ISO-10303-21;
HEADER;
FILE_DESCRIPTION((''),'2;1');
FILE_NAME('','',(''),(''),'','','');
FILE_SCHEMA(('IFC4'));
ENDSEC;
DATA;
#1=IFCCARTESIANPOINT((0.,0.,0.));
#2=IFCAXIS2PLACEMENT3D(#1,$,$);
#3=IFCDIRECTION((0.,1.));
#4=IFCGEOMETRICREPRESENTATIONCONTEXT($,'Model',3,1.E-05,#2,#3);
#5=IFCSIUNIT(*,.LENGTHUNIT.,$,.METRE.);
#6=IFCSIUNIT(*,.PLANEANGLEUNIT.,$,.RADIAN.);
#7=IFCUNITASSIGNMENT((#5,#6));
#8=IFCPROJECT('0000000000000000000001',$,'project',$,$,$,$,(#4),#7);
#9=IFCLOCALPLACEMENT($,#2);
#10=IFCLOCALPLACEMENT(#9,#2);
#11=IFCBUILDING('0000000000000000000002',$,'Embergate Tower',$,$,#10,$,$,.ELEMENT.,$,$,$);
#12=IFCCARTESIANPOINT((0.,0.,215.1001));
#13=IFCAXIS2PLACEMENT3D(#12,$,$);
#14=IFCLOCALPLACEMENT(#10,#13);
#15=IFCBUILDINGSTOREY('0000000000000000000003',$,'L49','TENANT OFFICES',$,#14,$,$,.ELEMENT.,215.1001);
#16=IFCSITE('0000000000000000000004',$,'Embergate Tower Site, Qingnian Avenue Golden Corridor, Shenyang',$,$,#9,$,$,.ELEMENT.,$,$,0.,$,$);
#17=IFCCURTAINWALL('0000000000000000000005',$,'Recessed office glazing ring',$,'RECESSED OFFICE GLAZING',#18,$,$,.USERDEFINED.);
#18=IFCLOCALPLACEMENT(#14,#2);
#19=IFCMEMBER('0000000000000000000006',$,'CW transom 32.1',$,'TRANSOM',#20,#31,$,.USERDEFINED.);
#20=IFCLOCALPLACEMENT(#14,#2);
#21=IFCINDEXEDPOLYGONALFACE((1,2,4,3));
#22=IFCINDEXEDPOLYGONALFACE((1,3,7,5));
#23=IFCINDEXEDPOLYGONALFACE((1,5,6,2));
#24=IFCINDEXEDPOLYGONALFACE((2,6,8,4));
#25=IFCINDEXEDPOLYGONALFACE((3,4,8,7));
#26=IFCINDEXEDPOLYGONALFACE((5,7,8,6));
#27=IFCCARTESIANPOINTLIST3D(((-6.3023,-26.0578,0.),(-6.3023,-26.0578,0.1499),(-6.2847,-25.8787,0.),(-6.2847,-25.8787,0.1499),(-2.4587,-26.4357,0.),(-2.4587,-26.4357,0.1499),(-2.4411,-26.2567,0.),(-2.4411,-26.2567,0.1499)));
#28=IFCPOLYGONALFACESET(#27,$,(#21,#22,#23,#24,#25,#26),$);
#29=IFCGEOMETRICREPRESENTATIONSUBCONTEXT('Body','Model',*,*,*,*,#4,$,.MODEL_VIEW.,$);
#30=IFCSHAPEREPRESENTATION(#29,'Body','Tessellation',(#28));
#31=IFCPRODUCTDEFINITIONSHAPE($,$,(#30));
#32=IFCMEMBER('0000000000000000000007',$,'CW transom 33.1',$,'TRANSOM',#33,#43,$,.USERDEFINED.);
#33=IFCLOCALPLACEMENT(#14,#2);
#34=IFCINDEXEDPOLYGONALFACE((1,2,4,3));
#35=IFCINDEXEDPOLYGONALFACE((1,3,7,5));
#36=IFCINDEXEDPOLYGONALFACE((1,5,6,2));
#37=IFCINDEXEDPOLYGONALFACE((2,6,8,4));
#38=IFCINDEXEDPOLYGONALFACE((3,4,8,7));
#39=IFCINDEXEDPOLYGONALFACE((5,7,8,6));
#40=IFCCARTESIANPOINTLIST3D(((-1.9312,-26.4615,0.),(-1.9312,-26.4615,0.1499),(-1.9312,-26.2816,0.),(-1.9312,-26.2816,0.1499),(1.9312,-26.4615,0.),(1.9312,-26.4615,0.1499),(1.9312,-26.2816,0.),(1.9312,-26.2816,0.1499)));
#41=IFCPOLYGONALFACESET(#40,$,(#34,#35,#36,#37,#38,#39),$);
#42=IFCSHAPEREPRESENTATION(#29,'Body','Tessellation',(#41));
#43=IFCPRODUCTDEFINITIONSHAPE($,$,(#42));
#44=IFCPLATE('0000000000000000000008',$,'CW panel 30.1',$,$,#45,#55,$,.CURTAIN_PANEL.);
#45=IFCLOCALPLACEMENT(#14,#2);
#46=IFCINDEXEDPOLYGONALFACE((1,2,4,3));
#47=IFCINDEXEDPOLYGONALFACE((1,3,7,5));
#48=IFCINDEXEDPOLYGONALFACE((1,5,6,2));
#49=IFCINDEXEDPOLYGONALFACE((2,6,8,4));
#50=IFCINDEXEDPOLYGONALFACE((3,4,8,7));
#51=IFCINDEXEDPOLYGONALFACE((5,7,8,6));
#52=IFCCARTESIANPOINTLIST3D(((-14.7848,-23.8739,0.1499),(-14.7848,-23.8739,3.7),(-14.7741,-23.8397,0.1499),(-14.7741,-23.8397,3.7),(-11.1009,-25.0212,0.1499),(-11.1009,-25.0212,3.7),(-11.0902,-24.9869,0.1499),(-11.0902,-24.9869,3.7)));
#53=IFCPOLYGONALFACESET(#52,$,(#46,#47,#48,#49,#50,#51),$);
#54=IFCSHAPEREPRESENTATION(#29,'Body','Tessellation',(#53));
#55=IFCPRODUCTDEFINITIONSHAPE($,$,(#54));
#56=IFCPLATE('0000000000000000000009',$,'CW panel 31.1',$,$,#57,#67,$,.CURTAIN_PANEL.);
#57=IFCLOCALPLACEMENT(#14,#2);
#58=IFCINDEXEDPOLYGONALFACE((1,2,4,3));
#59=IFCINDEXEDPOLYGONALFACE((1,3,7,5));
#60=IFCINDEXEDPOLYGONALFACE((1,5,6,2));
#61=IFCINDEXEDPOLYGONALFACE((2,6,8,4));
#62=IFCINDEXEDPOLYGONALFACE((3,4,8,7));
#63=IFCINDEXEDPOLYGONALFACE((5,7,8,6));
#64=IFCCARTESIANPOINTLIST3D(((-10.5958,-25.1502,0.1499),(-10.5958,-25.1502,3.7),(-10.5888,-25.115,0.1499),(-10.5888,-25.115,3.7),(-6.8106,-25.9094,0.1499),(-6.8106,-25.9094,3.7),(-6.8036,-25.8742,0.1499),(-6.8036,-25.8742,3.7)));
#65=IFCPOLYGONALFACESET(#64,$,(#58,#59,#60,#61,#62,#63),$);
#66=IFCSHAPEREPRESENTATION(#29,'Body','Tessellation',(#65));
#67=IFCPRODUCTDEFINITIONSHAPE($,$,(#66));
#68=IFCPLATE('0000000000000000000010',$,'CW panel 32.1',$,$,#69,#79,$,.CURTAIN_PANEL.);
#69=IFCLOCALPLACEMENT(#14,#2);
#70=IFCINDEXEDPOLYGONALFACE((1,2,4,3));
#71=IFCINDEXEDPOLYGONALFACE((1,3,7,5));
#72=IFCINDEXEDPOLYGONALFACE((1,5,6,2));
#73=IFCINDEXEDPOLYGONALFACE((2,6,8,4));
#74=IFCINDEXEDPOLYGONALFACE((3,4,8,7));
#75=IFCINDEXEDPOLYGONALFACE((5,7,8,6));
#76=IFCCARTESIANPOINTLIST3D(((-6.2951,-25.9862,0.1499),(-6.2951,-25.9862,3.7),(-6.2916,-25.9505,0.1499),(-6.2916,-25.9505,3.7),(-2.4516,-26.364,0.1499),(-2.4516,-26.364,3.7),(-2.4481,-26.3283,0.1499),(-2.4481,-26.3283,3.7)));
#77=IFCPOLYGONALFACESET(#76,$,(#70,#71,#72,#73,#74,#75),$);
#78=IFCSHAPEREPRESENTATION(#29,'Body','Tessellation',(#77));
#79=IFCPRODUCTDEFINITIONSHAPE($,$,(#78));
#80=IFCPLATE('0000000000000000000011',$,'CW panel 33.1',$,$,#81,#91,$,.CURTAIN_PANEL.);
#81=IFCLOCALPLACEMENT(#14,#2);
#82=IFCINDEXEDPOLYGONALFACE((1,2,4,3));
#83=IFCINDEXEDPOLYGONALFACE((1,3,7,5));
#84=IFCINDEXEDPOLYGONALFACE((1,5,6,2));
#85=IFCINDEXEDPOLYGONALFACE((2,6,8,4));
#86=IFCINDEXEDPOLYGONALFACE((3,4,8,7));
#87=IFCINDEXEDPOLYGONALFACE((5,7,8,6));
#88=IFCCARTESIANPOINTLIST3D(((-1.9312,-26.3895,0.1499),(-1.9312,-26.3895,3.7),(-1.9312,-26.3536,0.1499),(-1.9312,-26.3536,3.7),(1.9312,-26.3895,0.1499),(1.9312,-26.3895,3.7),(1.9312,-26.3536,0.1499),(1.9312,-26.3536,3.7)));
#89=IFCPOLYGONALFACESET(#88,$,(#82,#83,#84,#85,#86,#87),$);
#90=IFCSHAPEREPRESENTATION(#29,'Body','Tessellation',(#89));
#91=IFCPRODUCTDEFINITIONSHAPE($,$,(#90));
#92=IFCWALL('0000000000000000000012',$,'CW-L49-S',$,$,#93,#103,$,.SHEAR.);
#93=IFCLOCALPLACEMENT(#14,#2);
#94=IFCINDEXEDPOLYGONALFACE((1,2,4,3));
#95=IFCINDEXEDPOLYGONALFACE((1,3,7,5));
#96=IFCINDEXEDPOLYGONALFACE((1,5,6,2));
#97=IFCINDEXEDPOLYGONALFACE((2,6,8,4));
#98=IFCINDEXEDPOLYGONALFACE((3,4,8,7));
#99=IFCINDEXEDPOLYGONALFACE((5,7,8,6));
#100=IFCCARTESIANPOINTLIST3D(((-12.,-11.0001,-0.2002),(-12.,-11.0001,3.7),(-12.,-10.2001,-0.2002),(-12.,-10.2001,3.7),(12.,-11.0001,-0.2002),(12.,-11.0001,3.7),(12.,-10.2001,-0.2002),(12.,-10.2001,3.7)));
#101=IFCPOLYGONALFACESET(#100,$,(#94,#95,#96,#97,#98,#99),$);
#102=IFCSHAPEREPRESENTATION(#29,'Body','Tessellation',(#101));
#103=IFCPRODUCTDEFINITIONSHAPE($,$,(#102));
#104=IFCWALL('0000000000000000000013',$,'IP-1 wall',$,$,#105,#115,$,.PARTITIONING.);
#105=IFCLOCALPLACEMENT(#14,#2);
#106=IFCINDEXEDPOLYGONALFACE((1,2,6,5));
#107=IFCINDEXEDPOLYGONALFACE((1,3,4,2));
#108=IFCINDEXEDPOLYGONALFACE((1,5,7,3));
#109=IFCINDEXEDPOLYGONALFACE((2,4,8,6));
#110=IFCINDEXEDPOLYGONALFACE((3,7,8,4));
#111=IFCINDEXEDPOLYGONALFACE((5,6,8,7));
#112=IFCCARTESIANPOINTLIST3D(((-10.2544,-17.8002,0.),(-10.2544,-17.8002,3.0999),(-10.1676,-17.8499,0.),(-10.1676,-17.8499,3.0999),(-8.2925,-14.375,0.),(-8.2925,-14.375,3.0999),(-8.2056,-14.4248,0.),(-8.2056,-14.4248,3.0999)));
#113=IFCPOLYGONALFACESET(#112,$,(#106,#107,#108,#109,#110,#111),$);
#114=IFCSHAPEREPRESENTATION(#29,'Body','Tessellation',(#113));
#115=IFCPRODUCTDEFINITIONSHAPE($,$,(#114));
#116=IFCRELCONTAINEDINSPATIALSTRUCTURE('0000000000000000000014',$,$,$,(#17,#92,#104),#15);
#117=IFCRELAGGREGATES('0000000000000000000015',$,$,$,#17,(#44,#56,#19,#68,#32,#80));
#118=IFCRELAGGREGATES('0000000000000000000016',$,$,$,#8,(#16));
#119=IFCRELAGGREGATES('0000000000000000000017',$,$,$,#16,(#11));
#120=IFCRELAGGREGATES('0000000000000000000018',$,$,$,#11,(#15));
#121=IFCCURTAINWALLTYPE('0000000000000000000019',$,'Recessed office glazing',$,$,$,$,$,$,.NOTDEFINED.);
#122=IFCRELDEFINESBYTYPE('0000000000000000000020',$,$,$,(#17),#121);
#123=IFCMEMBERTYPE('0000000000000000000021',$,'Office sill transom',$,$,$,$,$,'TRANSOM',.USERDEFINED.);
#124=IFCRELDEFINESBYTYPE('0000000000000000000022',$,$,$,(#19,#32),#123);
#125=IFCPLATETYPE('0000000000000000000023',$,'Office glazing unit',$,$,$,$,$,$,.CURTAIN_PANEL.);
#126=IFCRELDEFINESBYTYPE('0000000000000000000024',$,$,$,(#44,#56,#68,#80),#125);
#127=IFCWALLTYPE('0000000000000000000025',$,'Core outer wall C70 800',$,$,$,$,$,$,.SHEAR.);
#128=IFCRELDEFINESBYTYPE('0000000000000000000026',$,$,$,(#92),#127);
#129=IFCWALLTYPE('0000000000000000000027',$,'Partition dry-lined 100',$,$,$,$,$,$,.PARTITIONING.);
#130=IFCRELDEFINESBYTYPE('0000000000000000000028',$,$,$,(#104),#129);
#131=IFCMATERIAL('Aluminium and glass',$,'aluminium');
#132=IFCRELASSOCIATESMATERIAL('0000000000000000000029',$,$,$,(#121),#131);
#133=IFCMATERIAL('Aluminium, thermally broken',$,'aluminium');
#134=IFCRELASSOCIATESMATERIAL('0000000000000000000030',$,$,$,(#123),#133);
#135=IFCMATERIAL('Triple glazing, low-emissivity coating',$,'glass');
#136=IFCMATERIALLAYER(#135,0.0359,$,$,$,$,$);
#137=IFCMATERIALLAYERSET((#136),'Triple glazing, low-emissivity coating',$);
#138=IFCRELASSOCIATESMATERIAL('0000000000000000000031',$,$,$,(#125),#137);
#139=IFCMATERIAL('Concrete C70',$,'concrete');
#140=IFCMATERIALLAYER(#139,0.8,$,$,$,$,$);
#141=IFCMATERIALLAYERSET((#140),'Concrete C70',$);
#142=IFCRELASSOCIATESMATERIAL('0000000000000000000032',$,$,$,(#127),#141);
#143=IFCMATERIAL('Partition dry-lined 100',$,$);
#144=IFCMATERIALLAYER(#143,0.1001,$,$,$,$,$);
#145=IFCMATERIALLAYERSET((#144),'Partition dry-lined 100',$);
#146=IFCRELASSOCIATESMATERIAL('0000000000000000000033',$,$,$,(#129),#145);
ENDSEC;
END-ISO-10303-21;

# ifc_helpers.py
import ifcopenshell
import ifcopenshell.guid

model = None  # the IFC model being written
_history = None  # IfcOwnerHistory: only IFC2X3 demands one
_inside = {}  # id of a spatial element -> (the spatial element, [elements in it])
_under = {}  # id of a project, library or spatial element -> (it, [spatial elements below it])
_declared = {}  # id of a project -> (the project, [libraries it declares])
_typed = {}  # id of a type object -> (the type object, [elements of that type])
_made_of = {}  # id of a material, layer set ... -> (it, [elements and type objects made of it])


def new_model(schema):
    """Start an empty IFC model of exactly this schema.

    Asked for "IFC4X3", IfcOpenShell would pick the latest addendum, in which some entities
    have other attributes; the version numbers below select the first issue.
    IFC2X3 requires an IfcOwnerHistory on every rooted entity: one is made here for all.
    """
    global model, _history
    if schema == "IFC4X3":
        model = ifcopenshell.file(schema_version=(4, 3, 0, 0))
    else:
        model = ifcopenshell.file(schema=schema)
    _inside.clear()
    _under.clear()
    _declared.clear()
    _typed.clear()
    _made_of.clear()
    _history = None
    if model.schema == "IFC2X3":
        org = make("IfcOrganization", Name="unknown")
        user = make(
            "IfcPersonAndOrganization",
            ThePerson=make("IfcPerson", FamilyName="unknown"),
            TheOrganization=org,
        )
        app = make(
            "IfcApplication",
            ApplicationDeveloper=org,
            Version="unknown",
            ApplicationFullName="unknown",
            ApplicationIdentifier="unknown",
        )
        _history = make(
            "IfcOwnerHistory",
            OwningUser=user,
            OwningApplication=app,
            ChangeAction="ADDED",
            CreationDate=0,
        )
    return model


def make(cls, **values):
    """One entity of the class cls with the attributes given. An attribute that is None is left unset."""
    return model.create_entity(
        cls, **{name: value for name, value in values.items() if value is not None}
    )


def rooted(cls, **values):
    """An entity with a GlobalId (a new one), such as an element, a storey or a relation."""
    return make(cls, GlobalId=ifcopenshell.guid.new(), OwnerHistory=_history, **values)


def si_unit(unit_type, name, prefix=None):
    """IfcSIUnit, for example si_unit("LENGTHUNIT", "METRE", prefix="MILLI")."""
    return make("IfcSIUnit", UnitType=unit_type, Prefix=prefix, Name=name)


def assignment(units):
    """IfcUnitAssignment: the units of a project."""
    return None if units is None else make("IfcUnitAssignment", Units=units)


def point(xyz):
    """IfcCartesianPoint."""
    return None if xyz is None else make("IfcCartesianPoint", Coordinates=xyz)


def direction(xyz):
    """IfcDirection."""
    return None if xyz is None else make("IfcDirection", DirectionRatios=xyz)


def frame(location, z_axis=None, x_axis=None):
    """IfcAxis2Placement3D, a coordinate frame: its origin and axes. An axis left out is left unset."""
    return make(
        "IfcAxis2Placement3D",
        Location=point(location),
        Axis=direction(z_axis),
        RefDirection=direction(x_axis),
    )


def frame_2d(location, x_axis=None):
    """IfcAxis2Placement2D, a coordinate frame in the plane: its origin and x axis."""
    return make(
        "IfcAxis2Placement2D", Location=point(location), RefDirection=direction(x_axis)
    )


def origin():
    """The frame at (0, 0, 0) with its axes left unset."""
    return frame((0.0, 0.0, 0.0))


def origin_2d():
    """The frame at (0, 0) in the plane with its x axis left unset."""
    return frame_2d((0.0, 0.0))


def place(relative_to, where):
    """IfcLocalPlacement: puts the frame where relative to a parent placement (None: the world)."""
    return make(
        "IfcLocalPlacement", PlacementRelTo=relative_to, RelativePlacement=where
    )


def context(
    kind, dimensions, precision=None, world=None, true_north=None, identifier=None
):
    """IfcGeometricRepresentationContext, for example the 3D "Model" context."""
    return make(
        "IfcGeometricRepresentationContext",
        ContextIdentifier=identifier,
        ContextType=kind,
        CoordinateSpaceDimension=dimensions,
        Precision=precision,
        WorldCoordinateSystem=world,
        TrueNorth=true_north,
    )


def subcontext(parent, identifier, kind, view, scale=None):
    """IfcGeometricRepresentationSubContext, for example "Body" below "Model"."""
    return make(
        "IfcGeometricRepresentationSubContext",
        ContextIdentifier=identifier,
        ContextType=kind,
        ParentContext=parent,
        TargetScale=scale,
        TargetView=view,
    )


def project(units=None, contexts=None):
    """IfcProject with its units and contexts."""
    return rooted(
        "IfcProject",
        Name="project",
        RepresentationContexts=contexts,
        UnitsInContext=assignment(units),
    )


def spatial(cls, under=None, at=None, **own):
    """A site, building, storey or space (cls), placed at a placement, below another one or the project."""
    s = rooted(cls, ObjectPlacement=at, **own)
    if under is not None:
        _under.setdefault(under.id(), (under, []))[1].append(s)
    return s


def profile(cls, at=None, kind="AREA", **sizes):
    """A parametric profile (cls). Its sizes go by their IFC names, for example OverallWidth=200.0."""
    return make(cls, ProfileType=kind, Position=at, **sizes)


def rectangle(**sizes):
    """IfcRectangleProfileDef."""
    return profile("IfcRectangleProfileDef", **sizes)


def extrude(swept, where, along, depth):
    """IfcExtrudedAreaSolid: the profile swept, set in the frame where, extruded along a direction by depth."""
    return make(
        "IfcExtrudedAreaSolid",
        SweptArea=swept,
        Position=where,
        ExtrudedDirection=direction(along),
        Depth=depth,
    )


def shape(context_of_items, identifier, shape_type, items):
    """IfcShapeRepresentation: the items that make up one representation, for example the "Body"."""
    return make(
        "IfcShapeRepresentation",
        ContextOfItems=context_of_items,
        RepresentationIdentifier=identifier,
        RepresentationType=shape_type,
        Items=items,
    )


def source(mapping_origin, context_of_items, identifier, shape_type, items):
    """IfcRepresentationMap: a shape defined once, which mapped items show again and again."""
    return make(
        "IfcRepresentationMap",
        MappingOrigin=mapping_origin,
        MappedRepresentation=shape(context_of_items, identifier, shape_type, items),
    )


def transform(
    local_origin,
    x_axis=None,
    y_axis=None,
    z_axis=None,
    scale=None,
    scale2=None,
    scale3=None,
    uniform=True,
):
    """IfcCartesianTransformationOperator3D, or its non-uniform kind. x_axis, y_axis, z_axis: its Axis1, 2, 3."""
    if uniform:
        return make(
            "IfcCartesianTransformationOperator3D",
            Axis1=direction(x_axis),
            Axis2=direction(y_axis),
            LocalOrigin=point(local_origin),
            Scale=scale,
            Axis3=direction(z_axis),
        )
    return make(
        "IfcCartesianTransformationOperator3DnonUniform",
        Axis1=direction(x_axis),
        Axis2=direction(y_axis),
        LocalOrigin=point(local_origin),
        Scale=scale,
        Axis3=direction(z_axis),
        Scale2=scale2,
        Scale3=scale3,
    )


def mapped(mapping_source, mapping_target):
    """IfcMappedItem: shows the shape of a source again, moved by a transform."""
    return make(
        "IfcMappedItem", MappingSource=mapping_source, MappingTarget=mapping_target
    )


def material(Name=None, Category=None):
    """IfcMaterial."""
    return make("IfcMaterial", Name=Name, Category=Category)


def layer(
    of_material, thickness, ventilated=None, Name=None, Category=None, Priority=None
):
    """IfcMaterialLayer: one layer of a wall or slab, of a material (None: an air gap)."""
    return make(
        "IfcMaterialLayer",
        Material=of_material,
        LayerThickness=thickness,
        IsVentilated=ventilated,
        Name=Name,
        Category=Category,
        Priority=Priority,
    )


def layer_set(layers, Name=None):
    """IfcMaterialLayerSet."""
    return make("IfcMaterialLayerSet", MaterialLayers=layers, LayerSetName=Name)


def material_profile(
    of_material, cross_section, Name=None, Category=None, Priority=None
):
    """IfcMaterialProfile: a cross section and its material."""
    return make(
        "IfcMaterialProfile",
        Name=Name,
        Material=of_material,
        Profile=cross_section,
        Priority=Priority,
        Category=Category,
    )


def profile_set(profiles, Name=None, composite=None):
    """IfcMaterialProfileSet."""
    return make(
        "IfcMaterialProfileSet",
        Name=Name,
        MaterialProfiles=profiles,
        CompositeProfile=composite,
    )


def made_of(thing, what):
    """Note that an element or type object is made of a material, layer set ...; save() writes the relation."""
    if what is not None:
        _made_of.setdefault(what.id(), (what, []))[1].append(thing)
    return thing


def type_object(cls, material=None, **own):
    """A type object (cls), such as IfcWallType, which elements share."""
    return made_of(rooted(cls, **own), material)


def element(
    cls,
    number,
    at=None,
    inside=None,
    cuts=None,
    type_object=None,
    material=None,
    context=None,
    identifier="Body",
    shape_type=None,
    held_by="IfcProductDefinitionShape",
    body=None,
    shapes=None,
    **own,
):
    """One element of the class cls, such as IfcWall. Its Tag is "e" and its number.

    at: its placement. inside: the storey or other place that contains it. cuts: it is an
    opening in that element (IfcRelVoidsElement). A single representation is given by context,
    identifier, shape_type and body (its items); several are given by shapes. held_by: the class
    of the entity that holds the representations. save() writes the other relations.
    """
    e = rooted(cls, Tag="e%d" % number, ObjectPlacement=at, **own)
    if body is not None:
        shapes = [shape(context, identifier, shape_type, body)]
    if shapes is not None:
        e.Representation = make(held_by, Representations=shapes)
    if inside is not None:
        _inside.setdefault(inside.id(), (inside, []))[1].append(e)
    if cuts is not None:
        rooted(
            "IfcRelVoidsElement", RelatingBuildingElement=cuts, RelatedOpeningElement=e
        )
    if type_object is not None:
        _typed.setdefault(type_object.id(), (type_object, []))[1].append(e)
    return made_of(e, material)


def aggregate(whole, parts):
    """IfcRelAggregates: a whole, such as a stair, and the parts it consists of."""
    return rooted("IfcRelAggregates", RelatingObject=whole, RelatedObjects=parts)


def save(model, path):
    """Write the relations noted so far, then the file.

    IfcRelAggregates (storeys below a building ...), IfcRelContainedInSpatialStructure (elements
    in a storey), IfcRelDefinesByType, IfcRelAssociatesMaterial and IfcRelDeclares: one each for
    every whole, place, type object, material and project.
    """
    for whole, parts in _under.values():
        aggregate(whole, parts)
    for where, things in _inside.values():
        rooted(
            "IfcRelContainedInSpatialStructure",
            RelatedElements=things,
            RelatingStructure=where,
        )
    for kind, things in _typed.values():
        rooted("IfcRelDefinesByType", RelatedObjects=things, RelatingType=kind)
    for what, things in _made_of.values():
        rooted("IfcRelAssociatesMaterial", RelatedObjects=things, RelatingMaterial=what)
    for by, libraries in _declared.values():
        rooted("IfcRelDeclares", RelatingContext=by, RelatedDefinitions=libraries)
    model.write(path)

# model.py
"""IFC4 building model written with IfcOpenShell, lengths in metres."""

from ifc_helpers import new_model, si_unit, direction, frame, frame_2d, origin, origin_2d, place, context, subcontext, project, spatial, rectangle, extrude, source, transform, mapped, material, layer, layer_set, material_profile, profile_set, type_object, element, aggregate, save


model = new_model("IFC4")

# Units and contexts
model_context = context("Model", 3, precision=1e-05, world=origin(), true_north=direction((0.0, 1.0)))
body_context = subcontext(model_context, "Body", "Model", "MODEL_VIEW")
ifc_project = project(units=[si_unit("LENGTHUNIT", "METRE"), si_unit("PLANEANGLEUNIT", "RADIAN")], contexts=[model_context])

# Site, building, storey
site_placement = place(None, origin())
site = spatial("IfcSite", under=ifc_project, at=site_placement, Name="Embergate Tower Site, Qingnian Avenue Golden Corridor, Shenyang", CompositionType="ELEMENT", RefElevation=0.0)
building_placement = place(site_placement, origin())
building = spatial("IfcBuilding", under=site, at=building_placement, Name="Embergate Tower", CompositionType="ELEMENT")
storey_placement = place(building_placement, frame((0.0, 0.0, 215.1001)))
storey = spatial("IfcBuildingStorey", under=building, at=storey_placement, Name="L49", Description="TENANT OFFICES", CompositionType="ELEMENT", Elevation=215.1001)

# Curtain wall, members
ifc_material_1 = material(Name="Aluminium and glass", Category="aluminium")
curtain_wall_type = type_object("IfcCurtainWallType", Name="Recessed office glazing", PredefinedType="NOTDEFINED", material=ifc_material_1)
curtain_wall_placement = place(storey_placement, origin())
curtain_wall = element("IfcCurtainWall", 1, at=curtain_wall_placement, inside=storey, type_object=curtain_wall_type, Name="Recessed office glazing ring", ObjectType="RECESSED OFFICE GLAZING", PredefinedType="USERDEFINED")
ifc_material_2 = material(Name="Aluminium, thermally broken", Category="aluminium")
ifc_material_profile_1 = material_profile(ifc_material_2, rectangle(XDim=0.1799, YDim=0.1499, at=origin_2d()), Name="AL 150x180")
ifc_profile_set_1 = profile_set([ifc_material_profile_1], Name="Aluminium, thermally broken")
member_type_1 = type_object("IfcMemberType", Name="Office sill transom", ElementType="TRANSOM", PredefinedType="USERDEFINED", material=ifc_profile_set_1)
shared_shape_1 = source(origin(), body_context, "Body", "SweptSolid", [
    extrude(rectangle(XDim=0.1799, YDim=0.1499, at=origin_2d()), origin(), (0.0, 0.0, 1.0), 3.8621),
])
member_1_placement = place(storey_placement, frame((-6.2935, -25.9683, 0.075), z_axis=(0.9952, -0.097857, 0.0), x_axis=(0.097857, 0.9952, 0.0)))
member_1 = element("IfcMember", 2, at=member_1_placement, type_object=member_type_1, Name="CW transom 32.1", ObjectType="TRANSOM", PredefinedType="USERDEFINED", context=body_context, shape_type="MappedRepresentation", body=[
    mapped(shared_shape_1, transform((0.0, 0.0, 0.0))),
])
shared_shape_2 = source(origin(), body_context, "Body", "SweptSolid", [
    extrude(rectangle(XDim=0.1799, YDim=0.1499, at=origin_2d()), origin(), (0.0, 0.0, 1.0), 3.8623),
])
member_2_placement = place(storey_placement, frame((-1.9312, -26.3716, 0.075), z_axis=(1.0, 0.0, 0.0), x_axis=(0.0, 1.0, 0.0)))
member_2 = element("IfcMember", 3, at=member_2_placement, type_object=member_type_1, Name="CW transom 33.1", ObjectType="TRANSOM", PredefinedType="USERDEFINED", context=body_context, shape_type="MappedRepresentation", body=[
    mapped(shared_shape_2, transform((0.0, 0.0, 0.0))),
])

# Plates
ifc_material_3 = material(Name="Triple glazing, low-emissivity coating", Category="glass")
ifc_layer_1 = layer(ifc_material_3, 0.0359)
ifc_layer_set_1 = layer_set([ifc_layer_1], Name="Triple glazing, low-emissivity coating")
plate_type = type_object("IfcPlateType", Name="Office glazing unit", PredefinedType="CURTAIN_PANEL", material=ifc_layer_set_1)
shared_shape_3 = source(origin(), body_context, "Body", "SweptSolid", [
    extrude(rectangle(XDim=3.8584, YDim=0.0359, at=origin_2d()), origin(), (0.0, 0.0, 1.0), 3.55),
])
plate_1_placement = place(storey_placement, frame((-12.9375, -24.4304, 0.1499), z_axis=(0.0, 0.0, 1.0), x_axis=(0.954771, -0.297343, 0.0)))
plate_1 = element("IfcPlate", 4, at=plate_1_placement, type_object=plate_type, Name="CW panel 30.1", PredefinedType="CURTAIN_PANEL", context=body_context, shape_type="MappedRepresentation", body=[
    mapped(shared_shape_3, transform((0.0, 0.0, 0.0))),
])
shared_shape_4 = source(origin(), body_context, "Body", "SweptSolid", [
    extrude(rectangle(XDim=3.8606, YDim=0.0359, at=origin_2d()), origin(), (0.0, 0.0, 1.0), 3.55),
])
plate_2_placement = place(storey_placement, frame((-8.6997, -25.5122, 0.1499), z_axis=(0.0, 0.0, 1.0), x_axis=(0.980475, -0.196643, 0.0)))
plate_2 = element("IfcPlate", 5, at=plate_2_placement, type_object=plate_type, Name="CW panel 31.1", PredefinedType="CURTAIN_PANEL", context=body_context, shape_type="MappedRepresentation", body=[
    mapped(shared_shape_4, transform((0.0, 0.0, 0.0))),
])
shared_shape_5 = source(origin(), body_context, "Body", "SweptSolid", [
    extrude(rectangle(XDim=3.8621, YDim=0.0359, at=origin_2d()), origin(), (0.0, 0.0, 1.0), 3.55),
])
plate_3_placement = place(storey_placement, frame((-4.3716, -26.1572, 0.1499), z_axis=(0.0, 0.0, 1.0), x_axis=(0.995203, -0.097831, 0.0)))
plate_3 = element("IfcPlate", 6, at=plate_3_placement, type_object=plate_type, Name="CW panel 32.1", PredefinedType="CURTAIN_PANEL", context=body_context, shape_type="MappedRepresentation", body=[
    mapped(shared_shape_5, transform((0.0, 0.0, 0.0))),
])
shared_shape_6 = source(origin(), body_context, "Body", "SweptSolid", [
    extrude(rectangle(XDim=3.8623, YDim=0.0359, at=origin_2d()), origin(), (0.0, 0.0, 1.0), 3.55),
])
plate_4_placement = place(storey_placement, frame((0.0, -26.3716, 0.1499), z_axis=(0.0, 0.0, 1.0), x_axis=(1.0, 0.0, 0.0)))
plate_4 = element("IfcPlate", 7, at=plate_4_placement, type_object=plate_type, Name="CW panel 33.1", PredefinedType="CURTAIN_PANEL", context=body_context, shape_type="MappedRepresentation", body=[
    mapped(shared_shape_6, transform((0.0, 0.0, 0.0))),
])
aggregate(curtain_wall, [plate_1, plate_2, member_1, plate_3, member_2, plate_4])

# Walls
ifc_material_4 = material(Name="Concrete C70", Category="concrete")
ifc_layer_2 = layer(ifc_material_4, 0.8)
ifc_layer_set_2 = layer_set([ifc_layer_2], Name="Concrete C70")
wall_type_1 = type_object("IfcWallType", Name="Core outer wall C70 800", PredefinedType="SHEAR", material=ifc_layer_set_2)
shared_shape_7 = source(origin(), body_context, "Body", "SweptSolid", [
    extrude(rectangle(XDim=24.0, YDim=0.8, at=frame_2d((12.0, 0.0))), origin(), (0.0, 0.0, 1.0), 3.9001),
])
wall_1_placement = place(storey_placement, frame((-12.0, -10.6001, -0.2002), z_axis=(0.0, 0.0, 1.0), x_axis=(1.0, 0.0, 0.0)))
element("IfcWall", 8, at=wall_1_placement, inside=storey, type_object=wall_type_1, Name="CW-L49-S", PredefinedType="SHEAR", context=body_context, shape_type="MappedRepresentation", body=[
    mapped(shared_shape_7, transform((0.0, 0.0, 0.0))),
])
ifc_material_5 = material(Name="Partition dry-lined 100")
ifc_layer_3 = layer(ifc_material_5, 0.1001)
ifc_layer_set_3 = layer_set([ifc_layer_3], Name="Partition dry-lined 100")
wall_type_2 = type_object("IfcWallType", Name="Partition dry-lined 100", PredefinedType="PARTITIONING", material=ifc_layer_set_3)
shared_shape_8 = source(origin(), body_context, "Body", "SweptSolid", [
    extrude(rectangle(XDim=3.9473, YDim=0.1001, at=frame_2d((1.9736, 0.0))), origin(), (0.0, 0.0, 1.0), 3.0999),
])
wall_2_placement = place(storey_placement, frame((-8.249, -14.3999, 0.0), z_axis=(0.0, 0.0, 1.0), x_axis=(-0.497045, -0.867725, 0.0)))
element("IfcWall", 9, at=wall_2_placement, inside=storey, type_object=wall_type_2, Name="IP-1 wall", PredefinedType="PARTITIONING", context=body_context, shape_type="MappedRepresentation", body=[
    mapped(shared_shape_8, transform((0.0, 0.0, 0.0))),
])

save(model, "model.ifc")
